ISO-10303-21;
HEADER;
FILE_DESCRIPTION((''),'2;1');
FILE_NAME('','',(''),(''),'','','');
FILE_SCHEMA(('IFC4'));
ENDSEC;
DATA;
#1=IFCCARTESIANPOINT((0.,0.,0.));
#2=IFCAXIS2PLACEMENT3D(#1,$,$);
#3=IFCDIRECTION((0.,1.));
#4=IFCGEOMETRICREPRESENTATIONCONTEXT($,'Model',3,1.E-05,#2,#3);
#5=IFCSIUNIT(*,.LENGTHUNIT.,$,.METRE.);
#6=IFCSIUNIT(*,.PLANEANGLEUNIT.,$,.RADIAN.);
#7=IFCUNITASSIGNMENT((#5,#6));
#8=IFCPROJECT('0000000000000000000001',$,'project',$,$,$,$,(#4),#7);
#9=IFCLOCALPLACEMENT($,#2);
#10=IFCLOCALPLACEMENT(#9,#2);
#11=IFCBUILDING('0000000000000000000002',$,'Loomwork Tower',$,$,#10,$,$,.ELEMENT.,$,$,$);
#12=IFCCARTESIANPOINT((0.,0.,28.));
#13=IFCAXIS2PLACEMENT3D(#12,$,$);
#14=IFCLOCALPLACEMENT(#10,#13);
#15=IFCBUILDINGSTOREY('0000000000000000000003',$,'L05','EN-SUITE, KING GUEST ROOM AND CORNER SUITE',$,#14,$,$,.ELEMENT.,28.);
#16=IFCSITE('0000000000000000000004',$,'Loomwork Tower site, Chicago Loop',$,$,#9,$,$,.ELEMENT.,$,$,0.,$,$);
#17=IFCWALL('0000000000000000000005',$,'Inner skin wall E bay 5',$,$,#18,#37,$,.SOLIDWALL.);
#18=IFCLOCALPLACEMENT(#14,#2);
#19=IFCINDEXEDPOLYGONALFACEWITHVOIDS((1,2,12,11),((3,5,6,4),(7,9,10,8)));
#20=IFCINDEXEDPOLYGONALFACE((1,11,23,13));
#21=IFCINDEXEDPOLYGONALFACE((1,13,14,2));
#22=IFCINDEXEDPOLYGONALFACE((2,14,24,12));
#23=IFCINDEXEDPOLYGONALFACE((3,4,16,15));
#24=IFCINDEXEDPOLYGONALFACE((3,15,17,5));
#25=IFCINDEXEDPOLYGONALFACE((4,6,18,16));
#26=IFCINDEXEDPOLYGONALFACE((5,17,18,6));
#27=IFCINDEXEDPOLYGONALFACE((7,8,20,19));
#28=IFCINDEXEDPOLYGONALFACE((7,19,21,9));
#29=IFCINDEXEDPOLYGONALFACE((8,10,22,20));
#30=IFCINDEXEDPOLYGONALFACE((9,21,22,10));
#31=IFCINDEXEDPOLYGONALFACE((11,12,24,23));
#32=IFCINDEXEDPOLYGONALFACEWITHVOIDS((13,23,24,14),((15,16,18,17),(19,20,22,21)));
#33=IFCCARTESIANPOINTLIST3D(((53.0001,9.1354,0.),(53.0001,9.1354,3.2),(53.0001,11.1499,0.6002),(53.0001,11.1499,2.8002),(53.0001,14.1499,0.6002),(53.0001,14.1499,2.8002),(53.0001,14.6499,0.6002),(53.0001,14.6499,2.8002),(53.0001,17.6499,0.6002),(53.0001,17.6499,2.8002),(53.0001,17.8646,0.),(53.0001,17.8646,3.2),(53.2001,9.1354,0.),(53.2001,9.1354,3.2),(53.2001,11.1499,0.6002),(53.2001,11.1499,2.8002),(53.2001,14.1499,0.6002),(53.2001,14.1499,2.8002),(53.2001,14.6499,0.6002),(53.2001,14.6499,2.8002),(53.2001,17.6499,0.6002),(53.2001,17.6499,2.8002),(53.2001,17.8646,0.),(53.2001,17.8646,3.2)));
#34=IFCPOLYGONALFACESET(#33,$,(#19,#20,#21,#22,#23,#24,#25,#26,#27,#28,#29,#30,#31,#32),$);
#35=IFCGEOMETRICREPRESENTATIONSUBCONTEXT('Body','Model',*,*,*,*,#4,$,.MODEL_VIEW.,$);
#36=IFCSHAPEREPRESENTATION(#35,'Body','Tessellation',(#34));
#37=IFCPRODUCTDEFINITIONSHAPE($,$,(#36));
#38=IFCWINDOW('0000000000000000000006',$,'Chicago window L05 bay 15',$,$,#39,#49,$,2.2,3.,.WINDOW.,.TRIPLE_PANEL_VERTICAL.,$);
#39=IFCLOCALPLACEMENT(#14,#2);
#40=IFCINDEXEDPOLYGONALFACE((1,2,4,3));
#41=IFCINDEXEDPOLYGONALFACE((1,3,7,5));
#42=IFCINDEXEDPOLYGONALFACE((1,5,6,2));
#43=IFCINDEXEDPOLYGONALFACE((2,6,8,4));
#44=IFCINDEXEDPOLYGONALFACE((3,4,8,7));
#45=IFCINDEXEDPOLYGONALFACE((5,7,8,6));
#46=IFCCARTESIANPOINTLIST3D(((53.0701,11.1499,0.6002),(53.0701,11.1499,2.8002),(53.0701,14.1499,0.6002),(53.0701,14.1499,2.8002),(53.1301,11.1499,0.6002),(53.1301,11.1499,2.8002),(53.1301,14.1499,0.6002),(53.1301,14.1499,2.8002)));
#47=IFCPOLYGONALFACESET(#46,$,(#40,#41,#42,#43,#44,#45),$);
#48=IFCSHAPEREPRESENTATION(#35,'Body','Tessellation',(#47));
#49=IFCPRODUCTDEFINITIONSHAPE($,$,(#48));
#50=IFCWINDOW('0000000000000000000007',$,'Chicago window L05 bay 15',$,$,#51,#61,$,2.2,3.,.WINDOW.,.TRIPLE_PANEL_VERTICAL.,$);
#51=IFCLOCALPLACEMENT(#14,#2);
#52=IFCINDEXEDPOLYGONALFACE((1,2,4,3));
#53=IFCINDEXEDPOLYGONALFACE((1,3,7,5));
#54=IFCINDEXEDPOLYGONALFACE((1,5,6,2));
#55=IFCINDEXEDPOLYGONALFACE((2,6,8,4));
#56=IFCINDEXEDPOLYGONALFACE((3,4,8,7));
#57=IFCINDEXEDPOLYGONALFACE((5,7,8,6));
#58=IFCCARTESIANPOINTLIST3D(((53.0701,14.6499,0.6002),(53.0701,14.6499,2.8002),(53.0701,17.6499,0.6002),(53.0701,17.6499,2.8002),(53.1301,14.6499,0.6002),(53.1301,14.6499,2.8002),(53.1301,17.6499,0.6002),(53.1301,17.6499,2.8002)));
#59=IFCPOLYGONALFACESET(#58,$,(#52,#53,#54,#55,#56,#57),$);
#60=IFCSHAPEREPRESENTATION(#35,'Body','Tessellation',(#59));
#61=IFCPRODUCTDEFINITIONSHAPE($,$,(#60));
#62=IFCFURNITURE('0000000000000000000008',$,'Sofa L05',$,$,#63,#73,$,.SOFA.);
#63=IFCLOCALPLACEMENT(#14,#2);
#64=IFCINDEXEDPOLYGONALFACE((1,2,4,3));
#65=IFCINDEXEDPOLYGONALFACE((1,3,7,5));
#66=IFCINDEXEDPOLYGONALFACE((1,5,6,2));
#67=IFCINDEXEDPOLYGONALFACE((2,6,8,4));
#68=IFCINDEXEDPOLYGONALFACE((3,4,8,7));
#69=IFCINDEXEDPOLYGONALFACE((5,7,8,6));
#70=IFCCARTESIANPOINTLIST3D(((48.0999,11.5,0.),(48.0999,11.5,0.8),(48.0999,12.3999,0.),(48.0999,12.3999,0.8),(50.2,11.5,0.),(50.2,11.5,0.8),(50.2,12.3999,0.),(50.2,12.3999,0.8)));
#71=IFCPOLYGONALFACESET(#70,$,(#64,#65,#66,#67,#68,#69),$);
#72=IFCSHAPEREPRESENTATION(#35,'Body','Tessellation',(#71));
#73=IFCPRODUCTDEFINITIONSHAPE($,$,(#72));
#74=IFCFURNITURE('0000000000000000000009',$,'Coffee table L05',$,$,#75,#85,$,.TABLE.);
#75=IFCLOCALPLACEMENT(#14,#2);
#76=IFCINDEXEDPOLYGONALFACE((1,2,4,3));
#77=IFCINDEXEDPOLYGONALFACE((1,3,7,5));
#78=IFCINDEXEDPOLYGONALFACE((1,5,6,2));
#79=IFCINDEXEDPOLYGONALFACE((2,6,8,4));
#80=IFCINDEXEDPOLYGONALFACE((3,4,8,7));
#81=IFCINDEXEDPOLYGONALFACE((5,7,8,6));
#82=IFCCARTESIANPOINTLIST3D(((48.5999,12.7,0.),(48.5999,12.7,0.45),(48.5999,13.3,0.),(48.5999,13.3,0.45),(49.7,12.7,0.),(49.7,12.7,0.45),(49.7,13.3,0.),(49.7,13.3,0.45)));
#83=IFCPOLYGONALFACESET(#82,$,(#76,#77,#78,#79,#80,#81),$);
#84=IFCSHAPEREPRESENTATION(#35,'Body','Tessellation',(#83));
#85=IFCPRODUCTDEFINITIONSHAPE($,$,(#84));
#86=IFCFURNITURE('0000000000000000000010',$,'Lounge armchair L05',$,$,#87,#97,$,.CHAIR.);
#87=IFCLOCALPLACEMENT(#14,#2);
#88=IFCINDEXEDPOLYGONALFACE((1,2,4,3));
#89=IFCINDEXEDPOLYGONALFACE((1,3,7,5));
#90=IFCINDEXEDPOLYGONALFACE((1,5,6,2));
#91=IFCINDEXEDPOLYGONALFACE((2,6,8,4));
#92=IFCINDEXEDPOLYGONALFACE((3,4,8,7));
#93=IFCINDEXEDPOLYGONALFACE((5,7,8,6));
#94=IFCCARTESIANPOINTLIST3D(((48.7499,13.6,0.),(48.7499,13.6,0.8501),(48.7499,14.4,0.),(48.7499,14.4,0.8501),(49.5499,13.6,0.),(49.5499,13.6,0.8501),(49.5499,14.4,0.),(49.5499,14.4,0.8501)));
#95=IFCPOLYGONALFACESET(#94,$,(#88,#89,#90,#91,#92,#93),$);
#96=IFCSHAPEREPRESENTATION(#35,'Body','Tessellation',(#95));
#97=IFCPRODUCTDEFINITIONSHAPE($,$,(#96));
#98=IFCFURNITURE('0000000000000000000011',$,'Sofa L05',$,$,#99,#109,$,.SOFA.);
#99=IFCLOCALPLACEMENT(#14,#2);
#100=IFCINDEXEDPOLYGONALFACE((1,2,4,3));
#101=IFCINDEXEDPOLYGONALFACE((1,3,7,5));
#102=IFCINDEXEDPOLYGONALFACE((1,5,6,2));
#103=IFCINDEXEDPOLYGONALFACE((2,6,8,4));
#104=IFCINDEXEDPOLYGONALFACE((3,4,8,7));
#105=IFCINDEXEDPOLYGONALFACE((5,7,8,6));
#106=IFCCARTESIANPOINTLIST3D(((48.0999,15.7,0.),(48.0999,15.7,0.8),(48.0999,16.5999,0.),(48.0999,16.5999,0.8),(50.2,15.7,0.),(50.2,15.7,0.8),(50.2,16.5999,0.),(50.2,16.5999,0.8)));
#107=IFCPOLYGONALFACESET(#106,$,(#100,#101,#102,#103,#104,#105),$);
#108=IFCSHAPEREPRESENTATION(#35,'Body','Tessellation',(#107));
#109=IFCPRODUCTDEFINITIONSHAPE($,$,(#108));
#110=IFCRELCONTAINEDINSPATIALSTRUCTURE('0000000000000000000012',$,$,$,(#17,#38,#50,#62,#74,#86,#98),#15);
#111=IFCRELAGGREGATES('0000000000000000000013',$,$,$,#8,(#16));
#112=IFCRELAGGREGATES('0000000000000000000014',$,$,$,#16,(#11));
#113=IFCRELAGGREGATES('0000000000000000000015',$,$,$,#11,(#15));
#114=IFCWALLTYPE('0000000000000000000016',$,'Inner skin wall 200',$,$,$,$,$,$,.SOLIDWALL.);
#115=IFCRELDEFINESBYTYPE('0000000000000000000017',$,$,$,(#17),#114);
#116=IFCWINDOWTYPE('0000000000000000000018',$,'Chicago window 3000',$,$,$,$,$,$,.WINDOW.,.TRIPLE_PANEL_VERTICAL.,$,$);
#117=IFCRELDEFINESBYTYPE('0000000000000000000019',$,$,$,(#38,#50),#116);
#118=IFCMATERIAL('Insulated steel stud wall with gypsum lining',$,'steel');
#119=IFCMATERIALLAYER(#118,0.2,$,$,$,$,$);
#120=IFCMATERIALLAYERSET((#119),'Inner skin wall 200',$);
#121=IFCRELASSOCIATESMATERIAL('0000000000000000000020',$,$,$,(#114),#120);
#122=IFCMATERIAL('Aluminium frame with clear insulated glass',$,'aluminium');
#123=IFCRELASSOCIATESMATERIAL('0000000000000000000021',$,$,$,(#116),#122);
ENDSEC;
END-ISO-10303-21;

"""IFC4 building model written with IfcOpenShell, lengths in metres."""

from ifc_helpers import new_model, si_unit, direction, frame, frame_2d, origin, origin_2d, place, context, subcontext, project, spatial, rectangle, extrude, material, layer, layer_set, type_object, element, fill, save


model = new_model("IFC4")

# Units and contexts
model_context = context("Model", 3, precision=1e-05, world=origin(), true_north=direction((0.0, 1.0)))
body_context = subcontext(model_context, "Body", "Model", "MODEL_VIEW")
ifc_project = project(units=[si_unit("LENGTHUNIT", "METRE"), si_unit("PLANEANGLEUNIT", "RADIAN")], contexts=[model_context])

# Site, building, storey
site_placement = place(None, origin())
site = spatial("IfcSite", under=ifc_project, at=site_placement, Name="Loomwork Tower site, Chicago Loop", CompositionType="ELEMENT", RefElevation=0.0)
building_placement = place(site_placement, origin())
building = spatial("IfcBuilding", under=site, at=building_placement, Name="Loomwork Tower", CompositionType="ELEMENT")
storey_placement = place(building_placement, frame((0.0, 0.0, 28.0)))
storey = spatial("IfcBuildingStorey", under=building, at=storey_placement, Name="L05", Description="EN-SUITE, KING GUEST ROOM AND CORNER SUITE", CompositionType="ELEMENT", Elevation=28.0)

# Wall, openings, windows
ifc_material_1 = material(Name="Insulated steel stud wall with gypsum lining", Category="steel")
ifc_layer_1 = layer(ifc_material_1, 0.2)
ifc_layer_set_1 = layer_set([ifc_layer_1], Name="Inner skin wall 200")
wall_type_1 = type_object("IfcWallType", Name="Inner skin wall 200", PredefinedType="SOLIDWALL", material=ifc_layer_set_1)
wall_1_placement = place(storey_placement, frame((53.1001, 9.1353, 0.0), z_axis=(0.0, 0.0, 1.0), x_axis=(0.0, 1.0, 0.0)))
wall_1 = element("IfcWall", 1, at=wall_1_placement, inside=storey, type_object=wall_type_1, Name="Inner skin wall E bay 5", PredefinedType="SOLIDWALL", context=body_context, shape_type="SweptSolid", body=[
    extrude(rectangle(XDim=8.7292, YDim=0.2, at=frame_2d((4.3647, 0.0))), origin(), (0.0, 0.0, 1.0), 3.2),
])
opening_1_placement = place(wall_1_placement, frame((2.0146, 0.0, 0.6001)))
opening_1 = element("IfcOpeningElement", 2, at=opening_1_placement, cuts=wall_1, PredefinedType="OPENING", context=body_context, shape_type="SweptSolid", body=[
    extrude(rectangle(XDim=3.0, YDim=2.2, at=frame_2d((1.5, 1.1001))), frame((0.0, 0.1099, 0.0), z_axis=(0.0, -1.0, 0.0), x_axis=(1.0, 0.0, 0.0)), (0.0, 0.0, 1.0), 0.22),
])
opening_2_placement = place(wall_1_placement, frame((5.5146, 0.0, 0.6001)))
opening_2 = element("IfcOpeningElement", 3, at=opening_2_placement, cuts=wall_1, PredefinedType="OPENING", context=body_context, shape_type="SweptSolid", body=[
    extrude(rectangle(XDim=3.0, YDim=2.2, at=frame_2d((1.5, 1.1001))), frame((0.0, 0.1099, 0.0), z_axis=(0.0, -1.0, 0.0), x_axis=(1.0, 0.0, 0.0)), (0.0, 0.0, 1.0), 0.22),
])
ifc_material_2 = material(Name="Aluminium frame with clear insulated glass", Category="aluminium")
window_type = type_object("IfcWindowType", Name="Chicago window 3000", PartitioningType="TRIPLE_PANEL_VERTICAL", PredefinedType="WINDOW", material=ifc_material_2)
window_1_placement = place(opening_1_placement, origin())
window_1 = element("IfcWindow", 4, at=window_1_placement, inside=storey, type_object=window_type, Name="Chicago window L05 bay 15", OverallHeight=2.2, OverallWidth=3.0, PartitioningType="TRIPLE_PANEL_VERTICAL", PredefinedType="WINDOW", context=body_context, shape_type="SweptSolid", body=[
    extrude(rectangle(XDim=3.0, YDim=2.2, at=frame_2d((1.5, 1.1001))), frame((0.0, 0.03, 0.0), z_axis=(0.0, -1.0, 0.0), x_axis=(1.0, 0.0, 0.0)), (0.0, 0.0, 1.0), 0.0601),
])
fill(opening_1, window_1)
window_2_placement = place(opening_2_placement, origin())
window_2 = element("IfcWindow", 5, at=window_2_placement, inside=storey, type_object=window_type, Name="Chicago window L05 bay 15", OverallHeight=2.2, OverallWidth=3.0, PartitioningType="TRIPLE_PANEL_VERTICAL", PredefinedType="WINDOW", context=body_context, shape_type="SweptSolid", body=[
    extrude(rectangle(XDim=3.0, YDim=2.2, at=frame_2d((1.5, 1.1001))), frame((0.0, 0.03, 0.0), z_axis=(0.0, -1.0, 0.0), x_axis=(1.0, 0.0, 0.0)), (0.0, 0.0, 1.0), 0.0601),
])
fill(opening_2, window_2)

# Furniture
furniture_1_placement = place(storey_placement, frame((49.1499, 11.95, 0.0), z_axis=(0.0, 0.0, 1.0), x_axis=(1.0, 0.0, 0.0)))
element("IfcFurniture", 6, at=furniture_1_placement, inside=storey, Name="Sofa L05", PredefinedType="SOFA", context=body_context, shape_type="SweptSolid", body=[
    extrude(rectangle(XDim=2.1001, YDim=0.8999, at=origin_2d()), origin(), (0.0, 0.0, 1.0), 0.8),
])
furniture_2_placement = place(storey_placement, frame((49.1499, 13.0, 0.0), z_axis=(0.0, 0.0, 1.0), x_axis=(1.0, 0.0, 0.0)))
element("IfcFurniture", 7, at=furniture_2_placement, inside=storey, Name="Coffee table L05", PredefinedType="TABLE", context=body_context, shape_type="SweptSolid", body=[
    extrude(rectangle(XDim=1.1001, YDim=0.6001, at=origin_2d()), origin(), (0.0, 0.0, 1.0), 0.45),
])
furniture_3_placement = place(storey_placement, frame((49.1499, 14.0, 0.0), z_axis=(0.0, 0.0, 1.0), x_axis=(1.0, 0.0, 0.0)))
element("IfcFurniture", 8, at=furniture_3_placement, inside=storey, Name="Lounge armchair L05", PredefinedType="CHAIR", context=body_context, shape_type="SweptSolid", body=[
    extrude(rectangle(XDim=0.8, YDim=0.8, at=origin_2d()), origin(), (0.0, 0.0, 1.0), 0.8501),
])
furniture_4_placement = place(storey_placement, frame((49.1499, 16.1499, 0.0), z_axis=(0.0, 0.0, 1.0), x_axis=(1.0, 0.0, 0.0)))
element("IfcFurniture", 9, at=furniture_4_placement, inside=storey, Name="Sofa L05", PredefinedType="SOFA", context=body_context, shape_type="SweptSolid", body=[
    extrude(rectangle(XDim=2.1001, YDim=0.8999, at=origin_2d()), origin(), (0.0, 0.0, 1.0), 0.8),
])

save(model, "model.ifc")
